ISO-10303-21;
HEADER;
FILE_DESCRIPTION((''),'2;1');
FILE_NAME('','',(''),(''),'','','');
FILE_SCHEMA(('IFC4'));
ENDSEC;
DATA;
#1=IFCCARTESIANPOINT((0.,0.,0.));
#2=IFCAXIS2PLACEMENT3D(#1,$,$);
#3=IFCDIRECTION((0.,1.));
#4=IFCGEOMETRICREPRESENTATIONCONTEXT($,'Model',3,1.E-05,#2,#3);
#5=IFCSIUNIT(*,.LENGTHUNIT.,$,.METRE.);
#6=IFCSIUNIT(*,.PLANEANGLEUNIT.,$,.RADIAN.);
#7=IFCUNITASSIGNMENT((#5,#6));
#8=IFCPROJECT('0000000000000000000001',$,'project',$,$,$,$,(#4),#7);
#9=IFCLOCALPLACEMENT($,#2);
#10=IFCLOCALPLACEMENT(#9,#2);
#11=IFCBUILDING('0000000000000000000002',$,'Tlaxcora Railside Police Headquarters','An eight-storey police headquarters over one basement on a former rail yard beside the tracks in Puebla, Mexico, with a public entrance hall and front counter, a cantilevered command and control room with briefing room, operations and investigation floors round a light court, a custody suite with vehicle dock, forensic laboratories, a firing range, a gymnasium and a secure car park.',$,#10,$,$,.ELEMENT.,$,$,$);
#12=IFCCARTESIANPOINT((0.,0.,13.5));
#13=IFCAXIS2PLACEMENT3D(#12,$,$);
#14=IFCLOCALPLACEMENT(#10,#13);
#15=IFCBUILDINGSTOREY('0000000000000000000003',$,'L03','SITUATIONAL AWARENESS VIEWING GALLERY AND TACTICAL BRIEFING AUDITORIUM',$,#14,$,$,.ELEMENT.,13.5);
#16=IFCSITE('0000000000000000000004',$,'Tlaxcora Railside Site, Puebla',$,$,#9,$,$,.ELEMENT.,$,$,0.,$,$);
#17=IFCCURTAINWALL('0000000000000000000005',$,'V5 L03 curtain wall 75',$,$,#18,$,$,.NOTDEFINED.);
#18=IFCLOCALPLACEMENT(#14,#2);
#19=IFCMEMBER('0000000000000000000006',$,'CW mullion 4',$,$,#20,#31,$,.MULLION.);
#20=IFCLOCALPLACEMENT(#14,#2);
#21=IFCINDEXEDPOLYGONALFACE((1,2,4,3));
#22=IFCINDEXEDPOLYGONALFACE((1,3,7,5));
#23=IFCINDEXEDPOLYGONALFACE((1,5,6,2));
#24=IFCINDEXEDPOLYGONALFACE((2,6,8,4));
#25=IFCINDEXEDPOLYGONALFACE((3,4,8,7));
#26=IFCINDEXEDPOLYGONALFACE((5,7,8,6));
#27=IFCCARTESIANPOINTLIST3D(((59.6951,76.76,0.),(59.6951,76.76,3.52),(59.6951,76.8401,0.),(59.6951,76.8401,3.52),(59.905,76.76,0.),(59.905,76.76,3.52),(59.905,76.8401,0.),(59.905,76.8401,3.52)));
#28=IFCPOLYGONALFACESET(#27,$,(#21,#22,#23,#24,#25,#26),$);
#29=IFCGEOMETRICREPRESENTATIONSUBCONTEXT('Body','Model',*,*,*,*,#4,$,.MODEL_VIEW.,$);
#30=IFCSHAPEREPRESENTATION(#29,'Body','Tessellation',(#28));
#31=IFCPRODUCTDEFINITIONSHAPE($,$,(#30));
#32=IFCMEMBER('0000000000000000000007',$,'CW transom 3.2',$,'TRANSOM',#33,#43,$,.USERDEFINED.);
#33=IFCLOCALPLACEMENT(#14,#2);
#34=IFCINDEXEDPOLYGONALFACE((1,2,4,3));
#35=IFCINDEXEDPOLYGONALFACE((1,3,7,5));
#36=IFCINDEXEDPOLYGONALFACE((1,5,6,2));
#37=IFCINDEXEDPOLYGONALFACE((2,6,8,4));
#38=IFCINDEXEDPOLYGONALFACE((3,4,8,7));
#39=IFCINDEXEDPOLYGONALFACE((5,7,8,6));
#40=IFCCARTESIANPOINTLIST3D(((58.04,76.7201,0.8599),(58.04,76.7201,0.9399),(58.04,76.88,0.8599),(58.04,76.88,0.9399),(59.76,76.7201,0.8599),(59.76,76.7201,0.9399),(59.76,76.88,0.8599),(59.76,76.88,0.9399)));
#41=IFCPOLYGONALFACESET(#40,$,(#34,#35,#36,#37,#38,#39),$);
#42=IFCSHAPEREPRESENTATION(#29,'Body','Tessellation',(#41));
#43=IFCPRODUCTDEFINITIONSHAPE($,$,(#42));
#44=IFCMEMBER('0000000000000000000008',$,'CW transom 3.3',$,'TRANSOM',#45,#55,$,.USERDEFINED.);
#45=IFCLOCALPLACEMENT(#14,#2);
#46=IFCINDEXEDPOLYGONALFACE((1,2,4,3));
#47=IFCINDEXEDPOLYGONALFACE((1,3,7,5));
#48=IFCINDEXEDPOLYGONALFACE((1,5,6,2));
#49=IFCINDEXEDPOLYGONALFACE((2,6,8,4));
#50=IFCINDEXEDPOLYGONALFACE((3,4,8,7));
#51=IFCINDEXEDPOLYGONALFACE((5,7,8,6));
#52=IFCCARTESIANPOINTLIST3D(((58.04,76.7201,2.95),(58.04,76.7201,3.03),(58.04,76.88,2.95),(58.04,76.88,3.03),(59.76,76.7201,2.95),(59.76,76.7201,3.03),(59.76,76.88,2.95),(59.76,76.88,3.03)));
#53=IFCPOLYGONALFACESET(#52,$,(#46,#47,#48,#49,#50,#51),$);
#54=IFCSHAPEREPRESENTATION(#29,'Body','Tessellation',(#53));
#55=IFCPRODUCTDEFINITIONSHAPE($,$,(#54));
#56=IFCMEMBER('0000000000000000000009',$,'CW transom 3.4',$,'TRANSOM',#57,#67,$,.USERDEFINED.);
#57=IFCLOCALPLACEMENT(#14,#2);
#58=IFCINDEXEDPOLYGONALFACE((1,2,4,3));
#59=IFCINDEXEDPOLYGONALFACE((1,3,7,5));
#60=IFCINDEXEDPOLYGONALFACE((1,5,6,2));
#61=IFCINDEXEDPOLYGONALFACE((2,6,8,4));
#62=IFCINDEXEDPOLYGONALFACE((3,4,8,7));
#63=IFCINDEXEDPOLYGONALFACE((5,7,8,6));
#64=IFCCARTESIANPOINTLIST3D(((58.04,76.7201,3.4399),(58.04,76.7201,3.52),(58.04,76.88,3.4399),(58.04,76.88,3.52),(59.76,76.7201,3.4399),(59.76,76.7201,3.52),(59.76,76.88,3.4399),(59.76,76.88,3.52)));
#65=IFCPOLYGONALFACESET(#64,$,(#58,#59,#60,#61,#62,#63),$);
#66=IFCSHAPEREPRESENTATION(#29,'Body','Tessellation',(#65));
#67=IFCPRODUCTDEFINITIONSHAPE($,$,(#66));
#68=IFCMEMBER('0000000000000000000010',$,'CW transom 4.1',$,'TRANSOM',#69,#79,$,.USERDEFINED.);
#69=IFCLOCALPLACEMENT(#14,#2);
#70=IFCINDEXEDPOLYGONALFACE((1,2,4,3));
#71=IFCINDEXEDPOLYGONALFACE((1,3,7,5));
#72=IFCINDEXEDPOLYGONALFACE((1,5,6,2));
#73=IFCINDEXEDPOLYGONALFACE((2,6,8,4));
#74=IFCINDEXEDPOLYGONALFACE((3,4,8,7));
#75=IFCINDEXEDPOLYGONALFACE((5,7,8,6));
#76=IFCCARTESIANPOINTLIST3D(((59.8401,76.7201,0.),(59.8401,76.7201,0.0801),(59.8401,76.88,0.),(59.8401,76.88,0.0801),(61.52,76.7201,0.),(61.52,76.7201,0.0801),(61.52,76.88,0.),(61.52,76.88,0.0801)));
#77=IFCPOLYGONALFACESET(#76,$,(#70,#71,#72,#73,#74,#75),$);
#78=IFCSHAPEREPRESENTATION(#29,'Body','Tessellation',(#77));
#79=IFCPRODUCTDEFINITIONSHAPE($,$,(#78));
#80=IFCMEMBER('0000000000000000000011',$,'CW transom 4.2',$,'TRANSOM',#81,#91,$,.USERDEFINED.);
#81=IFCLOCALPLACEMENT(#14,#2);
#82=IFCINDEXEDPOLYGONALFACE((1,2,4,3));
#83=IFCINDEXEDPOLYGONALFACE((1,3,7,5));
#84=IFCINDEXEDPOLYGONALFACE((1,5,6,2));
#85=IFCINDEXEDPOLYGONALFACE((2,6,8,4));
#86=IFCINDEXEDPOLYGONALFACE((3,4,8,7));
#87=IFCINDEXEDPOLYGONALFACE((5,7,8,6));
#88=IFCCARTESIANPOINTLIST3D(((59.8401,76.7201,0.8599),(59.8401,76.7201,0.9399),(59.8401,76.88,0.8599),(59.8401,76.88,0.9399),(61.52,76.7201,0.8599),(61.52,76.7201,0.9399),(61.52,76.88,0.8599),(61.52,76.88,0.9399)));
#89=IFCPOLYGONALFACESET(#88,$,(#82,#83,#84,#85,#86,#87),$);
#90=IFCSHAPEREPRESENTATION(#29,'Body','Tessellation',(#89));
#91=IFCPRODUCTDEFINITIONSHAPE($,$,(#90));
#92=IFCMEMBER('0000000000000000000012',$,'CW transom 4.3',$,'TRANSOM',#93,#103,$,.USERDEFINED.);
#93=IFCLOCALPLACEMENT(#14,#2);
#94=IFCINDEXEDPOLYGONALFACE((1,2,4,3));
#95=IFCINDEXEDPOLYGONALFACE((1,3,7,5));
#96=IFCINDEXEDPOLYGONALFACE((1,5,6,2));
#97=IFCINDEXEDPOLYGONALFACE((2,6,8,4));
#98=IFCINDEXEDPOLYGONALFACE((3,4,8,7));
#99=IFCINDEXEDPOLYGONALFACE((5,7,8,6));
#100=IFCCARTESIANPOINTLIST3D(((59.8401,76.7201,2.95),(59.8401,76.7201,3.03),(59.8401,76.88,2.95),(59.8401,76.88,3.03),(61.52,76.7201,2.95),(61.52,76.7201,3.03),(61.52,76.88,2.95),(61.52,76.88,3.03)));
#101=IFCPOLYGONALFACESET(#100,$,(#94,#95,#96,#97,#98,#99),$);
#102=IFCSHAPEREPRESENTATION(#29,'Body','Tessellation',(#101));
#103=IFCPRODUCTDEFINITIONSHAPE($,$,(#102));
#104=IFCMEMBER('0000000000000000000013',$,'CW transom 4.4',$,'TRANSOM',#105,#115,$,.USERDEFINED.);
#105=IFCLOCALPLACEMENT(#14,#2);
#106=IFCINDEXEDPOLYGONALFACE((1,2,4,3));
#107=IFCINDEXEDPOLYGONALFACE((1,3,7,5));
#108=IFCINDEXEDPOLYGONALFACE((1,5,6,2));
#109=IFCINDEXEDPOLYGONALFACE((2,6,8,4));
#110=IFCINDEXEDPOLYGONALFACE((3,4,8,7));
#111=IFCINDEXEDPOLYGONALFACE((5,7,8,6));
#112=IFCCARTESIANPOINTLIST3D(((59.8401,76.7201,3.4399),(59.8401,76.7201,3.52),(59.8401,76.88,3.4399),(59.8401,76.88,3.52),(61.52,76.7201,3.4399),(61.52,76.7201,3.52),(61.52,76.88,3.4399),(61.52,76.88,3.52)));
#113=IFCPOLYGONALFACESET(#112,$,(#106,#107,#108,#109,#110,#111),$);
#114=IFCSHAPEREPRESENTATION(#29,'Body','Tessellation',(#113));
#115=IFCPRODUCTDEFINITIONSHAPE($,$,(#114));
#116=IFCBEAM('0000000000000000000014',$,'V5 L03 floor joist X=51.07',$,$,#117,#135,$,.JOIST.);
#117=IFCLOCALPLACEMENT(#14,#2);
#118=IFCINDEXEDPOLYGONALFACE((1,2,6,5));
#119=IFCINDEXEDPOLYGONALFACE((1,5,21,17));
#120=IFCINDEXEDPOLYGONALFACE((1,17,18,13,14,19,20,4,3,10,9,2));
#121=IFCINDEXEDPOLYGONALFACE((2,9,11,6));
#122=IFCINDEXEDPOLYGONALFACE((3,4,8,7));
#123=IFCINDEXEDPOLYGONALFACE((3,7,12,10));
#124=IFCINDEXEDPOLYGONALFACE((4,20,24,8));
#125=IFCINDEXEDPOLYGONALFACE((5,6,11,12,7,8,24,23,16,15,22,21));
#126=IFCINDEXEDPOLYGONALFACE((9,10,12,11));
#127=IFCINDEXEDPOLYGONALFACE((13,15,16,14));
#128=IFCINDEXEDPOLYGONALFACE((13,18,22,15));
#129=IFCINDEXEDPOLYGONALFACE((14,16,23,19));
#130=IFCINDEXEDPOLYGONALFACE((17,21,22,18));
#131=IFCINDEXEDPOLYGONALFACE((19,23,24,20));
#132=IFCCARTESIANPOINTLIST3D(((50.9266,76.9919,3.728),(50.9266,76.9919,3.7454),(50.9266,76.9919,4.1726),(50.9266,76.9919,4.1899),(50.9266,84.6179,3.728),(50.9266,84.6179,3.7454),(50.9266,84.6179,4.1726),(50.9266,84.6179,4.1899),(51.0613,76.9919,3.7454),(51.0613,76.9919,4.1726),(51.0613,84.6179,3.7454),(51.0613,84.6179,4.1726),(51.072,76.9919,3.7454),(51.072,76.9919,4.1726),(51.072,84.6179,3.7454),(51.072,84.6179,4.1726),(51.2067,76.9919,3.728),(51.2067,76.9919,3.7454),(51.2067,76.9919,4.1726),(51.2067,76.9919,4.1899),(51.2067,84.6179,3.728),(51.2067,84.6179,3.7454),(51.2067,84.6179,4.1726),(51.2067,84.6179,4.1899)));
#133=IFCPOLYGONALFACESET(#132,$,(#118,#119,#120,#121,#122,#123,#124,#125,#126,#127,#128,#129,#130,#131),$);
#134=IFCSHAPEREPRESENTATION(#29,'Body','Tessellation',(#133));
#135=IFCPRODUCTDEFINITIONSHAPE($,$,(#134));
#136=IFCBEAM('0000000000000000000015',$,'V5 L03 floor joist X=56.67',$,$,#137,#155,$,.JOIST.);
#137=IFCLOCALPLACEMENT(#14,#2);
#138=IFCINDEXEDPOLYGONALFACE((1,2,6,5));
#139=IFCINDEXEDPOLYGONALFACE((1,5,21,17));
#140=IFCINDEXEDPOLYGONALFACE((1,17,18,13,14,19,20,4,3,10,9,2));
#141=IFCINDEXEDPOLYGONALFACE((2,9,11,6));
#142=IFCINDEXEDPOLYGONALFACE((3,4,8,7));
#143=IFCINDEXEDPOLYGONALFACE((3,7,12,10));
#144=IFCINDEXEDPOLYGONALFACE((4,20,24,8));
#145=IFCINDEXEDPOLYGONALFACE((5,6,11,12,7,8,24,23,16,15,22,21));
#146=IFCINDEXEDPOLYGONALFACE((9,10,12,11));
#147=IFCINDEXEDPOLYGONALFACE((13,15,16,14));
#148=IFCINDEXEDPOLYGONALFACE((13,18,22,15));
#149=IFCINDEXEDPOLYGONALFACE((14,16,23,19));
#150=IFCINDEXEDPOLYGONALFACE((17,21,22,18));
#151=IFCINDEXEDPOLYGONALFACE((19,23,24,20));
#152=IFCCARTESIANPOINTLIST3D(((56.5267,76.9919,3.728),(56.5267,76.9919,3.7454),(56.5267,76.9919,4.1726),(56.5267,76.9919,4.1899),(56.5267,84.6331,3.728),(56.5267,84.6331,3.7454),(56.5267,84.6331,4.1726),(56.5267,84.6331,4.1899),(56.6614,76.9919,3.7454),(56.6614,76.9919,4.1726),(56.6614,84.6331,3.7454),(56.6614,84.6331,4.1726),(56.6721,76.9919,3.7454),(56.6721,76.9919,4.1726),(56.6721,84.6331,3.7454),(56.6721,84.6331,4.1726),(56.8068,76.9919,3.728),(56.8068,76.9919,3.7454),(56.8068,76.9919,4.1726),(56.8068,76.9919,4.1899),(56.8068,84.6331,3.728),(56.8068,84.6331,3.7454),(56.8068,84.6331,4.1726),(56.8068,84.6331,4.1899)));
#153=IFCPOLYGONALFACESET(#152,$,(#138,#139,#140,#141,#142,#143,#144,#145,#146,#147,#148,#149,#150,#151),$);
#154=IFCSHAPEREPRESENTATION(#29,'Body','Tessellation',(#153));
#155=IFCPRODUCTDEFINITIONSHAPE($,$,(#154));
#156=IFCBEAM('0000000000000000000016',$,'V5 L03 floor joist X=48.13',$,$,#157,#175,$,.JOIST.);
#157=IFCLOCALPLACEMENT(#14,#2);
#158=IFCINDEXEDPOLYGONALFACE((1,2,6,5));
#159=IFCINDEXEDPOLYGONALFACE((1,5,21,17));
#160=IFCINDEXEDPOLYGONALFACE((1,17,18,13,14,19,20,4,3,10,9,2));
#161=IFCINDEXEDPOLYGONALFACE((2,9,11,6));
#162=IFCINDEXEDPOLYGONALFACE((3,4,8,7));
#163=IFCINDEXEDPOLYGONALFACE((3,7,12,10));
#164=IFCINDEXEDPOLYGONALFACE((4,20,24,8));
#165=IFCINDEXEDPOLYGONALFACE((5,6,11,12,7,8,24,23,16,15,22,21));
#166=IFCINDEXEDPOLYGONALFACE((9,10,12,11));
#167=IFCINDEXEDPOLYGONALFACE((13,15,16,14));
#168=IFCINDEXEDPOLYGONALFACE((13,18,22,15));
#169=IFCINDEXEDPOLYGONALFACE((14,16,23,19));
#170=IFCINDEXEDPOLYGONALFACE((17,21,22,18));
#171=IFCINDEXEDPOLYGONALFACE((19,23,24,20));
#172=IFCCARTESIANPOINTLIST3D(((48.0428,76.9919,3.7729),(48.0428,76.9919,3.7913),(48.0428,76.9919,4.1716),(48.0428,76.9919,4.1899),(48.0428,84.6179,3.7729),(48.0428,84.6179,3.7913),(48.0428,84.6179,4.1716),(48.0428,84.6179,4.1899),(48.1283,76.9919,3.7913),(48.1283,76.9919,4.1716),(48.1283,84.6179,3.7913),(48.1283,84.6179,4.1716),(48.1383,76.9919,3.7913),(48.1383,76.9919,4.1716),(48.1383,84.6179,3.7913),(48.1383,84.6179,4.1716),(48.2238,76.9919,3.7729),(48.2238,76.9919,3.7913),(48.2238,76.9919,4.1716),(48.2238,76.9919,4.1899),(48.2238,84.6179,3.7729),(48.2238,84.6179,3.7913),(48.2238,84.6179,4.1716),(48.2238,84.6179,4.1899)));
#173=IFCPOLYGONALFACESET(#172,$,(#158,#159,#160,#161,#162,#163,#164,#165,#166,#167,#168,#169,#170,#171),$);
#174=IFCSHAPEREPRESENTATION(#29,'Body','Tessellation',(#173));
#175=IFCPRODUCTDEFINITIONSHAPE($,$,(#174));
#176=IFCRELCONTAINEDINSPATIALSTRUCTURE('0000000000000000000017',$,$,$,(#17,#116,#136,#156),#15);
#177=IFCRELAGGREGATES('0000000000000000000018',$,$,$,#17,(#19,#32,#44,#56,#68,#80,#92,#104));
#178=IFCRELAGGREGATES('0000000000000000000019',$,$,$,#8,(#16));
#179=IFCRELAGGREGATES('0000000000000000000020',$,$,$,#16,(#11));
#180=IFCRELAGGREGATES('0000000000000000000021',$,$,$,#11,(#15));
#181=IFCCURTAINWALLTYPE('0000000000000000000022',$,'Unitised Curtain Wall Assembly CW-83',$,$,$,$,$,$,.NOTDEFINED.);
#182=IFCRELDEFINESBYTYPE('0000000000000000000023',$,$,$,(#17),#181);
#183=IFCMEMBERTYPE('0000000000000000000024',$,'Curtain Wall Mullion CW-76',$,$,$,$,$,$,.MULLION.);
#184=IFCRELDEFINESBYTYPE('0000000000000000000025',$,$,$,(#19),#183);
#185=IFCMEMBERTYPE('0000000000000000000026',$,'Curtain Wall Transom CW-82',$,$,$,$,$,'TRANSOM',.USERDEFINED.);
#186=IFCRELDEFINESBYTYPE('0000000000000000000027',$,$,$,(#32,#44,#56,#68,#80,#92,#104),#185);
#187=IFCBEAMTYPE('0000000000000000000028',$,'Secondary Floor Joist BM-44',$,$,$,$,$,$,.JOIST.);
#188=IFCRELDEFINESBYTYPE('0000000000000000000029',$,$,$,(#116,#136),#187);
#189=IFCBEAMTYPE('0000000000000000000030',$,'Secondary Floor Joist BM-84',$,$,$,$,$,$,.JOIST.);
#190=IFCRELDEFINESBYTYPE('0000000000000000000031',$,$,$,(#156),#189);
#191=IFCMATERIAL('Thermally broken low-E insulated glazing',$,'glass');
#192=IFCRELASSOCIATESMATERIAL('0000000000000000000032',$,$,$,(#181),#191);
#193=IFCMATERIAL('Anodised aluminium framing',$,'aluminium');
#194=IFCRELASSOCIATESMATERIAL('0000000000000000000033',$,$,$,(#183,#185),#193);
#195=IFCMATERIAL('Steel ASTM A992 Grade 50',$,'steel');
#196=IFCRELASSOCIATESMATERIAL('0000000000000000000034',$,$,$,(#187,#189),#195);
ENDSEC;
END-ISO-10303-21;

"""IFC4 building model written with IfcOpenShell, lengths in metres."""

from ifc_helpers import new_model, si_unit, direction, frame, origin, origin_2d, place, context, subcontext, project, spatial, rectangle, i_section, extrude, material, material_profile, profile_set, type_object, element, aggregate, save


model = new_model("IFC4")

# Units and contexts
model_context = context("Model", 3, precision=1e-05, world=origin(), true_north=direction((0.0, 1.0)))
body_context = subcontext(model_context, "Body", "Model", "MODEL_VIEW")
ifc_project = project(units=[si_unit("LENGTHUNIT", "METRE"), si_unit("PLANEANGLEUNIT", "RADIAN")], contexts=[model_context])

# Site, building, storey
site_placement = place(None, origin())
site = spatial("IfcSite", under=ifc_project, at=site_placement, Name="Tlaxcora Railside Site, Puebla", CompositionType="ELEMENT", RefElevation=0.0)
building_placement = place(site_placement, origin())
building = spatial("IfcBuilding", under=site, at=building_placement, Name="Tlaxcora Railside Police Headquarters", Description="An eight-storey police headquarters over one basement on a former rail yard beside the tracks in Puebla, Mexico, with a public entrance hall and front counter, a cantilevered command and control room with briefing room, operations and investigation floors round a light court, a custody suite with vehicle dock, forensic laboratories, a firing range, a gymnasium and a secure car park.", CompositionType="ELEMENT")
storey_placement = place(building_placement, frame((0.0, 0.0, 13.5)))
storey = spatial("IfcBuildingStorey", under=building, at=storey_placement, Name="L03", Description="SITUATIONAL AWARENESS VIEWING GALLERY AND TACTICAL BRIEFING AUDITORIUM", CompositionType="ELEMENT", Elevation=13.5)

# Curtain wall, members
ifc_material_1 = material(Name="Thermally broken low-E insulated glazing", Category="glass")
curtain_wall_type = type_object("IfcCurtainWallType", Name="Unitised Curtain Wall Assembly CW-83", PredefinedType="NOTDEFINED", material=ifc_material_1)
curtain_wall_placement = place(storey_placement, origin())
curtain_wall = element("IfcCurtainWall", 1, at=curtain_wall_placement, inside=storey, type_object=curtain_wall_type, Name="V5 L03 curtain wall 75", PredefinedType="NOTDEFINED")
ifc_material_2 = material(Name="Anodised aluminium framing", Category="aluminium")
ifc_material_profile_1 = material_profile(ifc_material_2, rectangle(XDim=0.0801, YDim=0.21, at=origin_2d()), Name="AL80X210")
ifc_profile_set_1 = profile_set([ifc_material_profile_1], Name="Anodised aluminium framing")
member_type_1 = type_object("IfcMemberType", Name="Curtain Wall Mullion CW-76", PredefinedType="MULLION", material=ifc_profile_set_1)
member_1_placement = place(storey_placement, frame((59.8, 76.8, 0.0), z_axis=(0.0, 0.0, 1.0), x_axis=(0.0, 1.0, 0.0)))
member_1 = element("IfcMember", 2, at=member_1_placement, type_object=member_type_1, Name="CW mullion 4", PredefinedType="MULLION", context=body_context, shape_type="SweptSolid", body=[
    extrude(rectangle(XDim=0.0801, YDim=0.21, at=origin_2d()), origin(), (0.0, 0.0, 1.0), 3.52),
])
ifc_material_profile_2 = material_profile(ifc_material_2, rectangle(XDim=0.1599, YDim=0.0801, at=origin_2d()), Name="AL80X160")
ifc_profile_set_2 = profile_set([ifc_material_profile_2], Name="Anodised aluminium framing")
member_type_2 = type_object("IfcMemberType", Name="Curtain Wall Transom CW-82", ElementType="TRANSOM", PredefinedType="USERDEFINED", material=ifc_profile_set_2)
member_2_placement = place(storey_placement, frame((58.04, 76.8, 0.8999), z_axis=(1.0, 0.0, 0.0), x_axis=(0.0, 1.0, 0.0)))
member_2 = element("IfcMember", 3, at=member_2_placement, type_object=member_type_2, Name="CW transom 3.2", ObjectType="TRANSOM", PredefinedType="USERDEFINED", context=body_context, shape_type="SweptSolid", body=[
    extrude(rectangle(XDim=0.1599, YDim=0.0801, at=origin_2d()), origin(), (0.0, 0.0, 1.0), 1.72),
])
member_3_placement = place(storey_placement, frame((58.04, 76.8, 2.99), z_axis=(1.0, 0.0, 0.0), x_axis=(0.0, 1.0, 0.0)))
member_3 = element("IfcMember", 4, at=member_3_placement, type_object=member_type_2, Name="CW transom 3.3", ObjectType="TRANSOM", PredefinedType="USERDEFINED", context=body_context, shape_type="SweptSolid", body=[
    extrude(rectangle(XDim=0.1599, YDim=0.0801, at=origin_2d()), origin(), (0.0, 0.0, 1.0), 1.72),
])
member_4_placement = place(storey_placement, frame((58.04, 76.8, 3.48), z_axis=(1.0, 0.0, 0.0), x_axis=(0.0, 1.0, 0.0)))
member_4 = element("IfcMember", 5, at=member_4_placement, type_object=member_type_2, Name="CW transom 3.4", ObjectType="TRANSOM", PredefinedType="USERDEFINED", context=body_context, shape_type="SweptSolid", body=[
    extrude(rectangle(XDim=0.1599, YDim=0.0801, at=origin_2d()), origin(), (0.0, 0.0, 1.0), 1.72),
])
member_5_placement = place(storey_placement, frame((59.8401, 76.8, 0.04), z_axis=(1.0, 0.0, 0.0), x_axis=(0.0, 1.0, 0.0)))
member_5 = element("IfcMember", 6, at=member_5_placement, type_object=member_type_2, Name="CW transom 4.1", ObjectType="TRANSOM", PredefinedType="USERDEFINED", context=body_context, shape_type="SweptSolid", body=[
    extrude(rectangle(XDim=0.1599, YDim=0.0801, at=origin_2d()), origin(), (0.0, 0.0, 1.0), 1.6799),
])
member_6_placement = place(storey_placement, frame((59.8401, 76.8, 0.8999), z_axis=(1.0, 0.0, 0.0), x_axis=(0.0, 1.0, 0.0)))
member_6 = element("IfcMember", 7, at=member_6_placement, type_object=member_type_2, Name="CW transom 4.2", ObjectType="TRANSOM", PredefinedType="USERDEFINED", context=body_context, shape_type="SweptSolid", body=[
    extrude(rectangle(XDim=0.1599, YDim=0.0801, at=origin_2d()), origin(), (0.0, 0.0, 1.0), 1.6799),
])
member_7_placement = place(storey_placement, frame((59.8401, 76.8, 2.99), z_axis=(1.0, 0.0, 0.0), x_axis=(0.0, 1.0, 0.0)))
member_7 = element("IfcMember", 8, at=member_7_placement, type_object=member_type_2, Name="CW transom 4.3", ObjectType="TRANSOM", PredefinedType="USERDEFINED", context=body_context, shape_type="SweptSolid", body=[
    extrude(rectangle(XDim=0.1599, YDim=0.0801, at=origin_2d()), origin(), (0.0, 0.0, 1.0), 1.6799),
])
member_8_placement = place(storey_placement, frame((59.8401, 76.8, 3.48), z_axis=(1.0, 0.0, 0.0), x_axis=(0.0, 1.0, 0.0)))
member_8 = element("IfcMember", 9, at=member_8_placement, type_object=member_type_2, Name="CW transom 4.4", ObjectType="TRANSOM", PredefinedType="USERDEFINED", context=body_context, shape_type="SweptSolid", body=[
    extrude(rectangle(XDim=0.1599, YDim=0.0801, at=origin_2d()), origin(), (0.0, 0.0, 1.0), 1.6799),
])

# Beams
ifc_material_3 = material(Name="Steel ASTM A992 Grade 50", Category="steel")
ifc_material_profile_3 = material_profile(ifc_material_3, i_section(OverallWidth=0.28, OverallDepth=0.4619, WebThickness=0.0107, FlangeThickness=0.0173, at=origin_2d()), Name="W18X76")
ifc_profile_set_3 = profile_set([ifc_material_profile_3], Name="Steel ASTM A992 Grade 50")
beam_type_1 = type_object("IfcBeamType", Name="Secondary Floor Joist BM-44", PredefinedType="JOIST", material=ifc_profile_set_3)
beam_1_placement = place(storey_placement, frame((51.0667, 76.9919, 3.959), z_axis=(0.0, 1.0, 0.0), x_axis=(-1.0, 0.0, 0.0)))
element("IfcBeam", 10, at=beam_1_placement, inside=storey, type_object=beam_type_1, Name="V5 L03 floor joist X=51.07", PredefinedType="JOIST", context=body_context, shape_type="SweptSolid", body=[
    extrude(i_section(OverallWidth=0.28, OverallDepth=0.4619, WebThickness=0.0107, FlangeThickness=0.0173, at=origin_2d()), origin(), (0.0, 0.0, 1.0), 7.626),
])
beam_2_placement = place(storey_placement, frame((56.6667, 76.9919, 3.959), z_axis=(0.0, 1.0, 0.0), x_axis=(-1.0, 0.0, 0.0)))
element("IfcBeam", 11, at=beam_2_placement, inside=storey, type_object=beam_type_1, Name="V5 L03 floor joist X=56.67", PredefinedType="JOIST", context=body_context, shape_type="SweptSolid", body=[
    extrude(i_section(OverallWidth=0.28, OverallDepth=0.4619, WebThickness=0.0107, FlangeThickness=0.0173, at=origin_2d()), origin(), (0.0, 0.0, 1.0), 7.6411),
])
ifc_material_profile_4 = material_profile(ifc_material_3, i_section(OverallWidth=0.1809, OverallDepth=0.417, WebThickness=0.01, FlangeThickness=0.0183, at=origin_2d()), Name="W16X57")
ifc_profile_set_4 = profile_set([ifc_material_profile_4], Name="Steel ASTM A992 Grade 50")
beam_type_2 = type_object("IfcBeamType", Name="Secondary Floor Joist BM-84", PredefinedType="JOIST", material=ifc_profile_set_4)
beam_3_placement = place(storey_placement, frame((48.1333, 76.9919, 3.9814), z_axis=(0.0, 1.0, 0.0), x_axis=(-1.0, 0.0, 0.0)))
element("IfcBeam", 12, at=beam_3_placement, inside=storey, type_object=beam_type_2, Name="V5 L03 floor joist X=48.13", PredefinedType="JOIST", context=body_context, shape_type="SweptSolid", body=[
    extrude(i_section(OverallWidth=0.1809, OverallDepth=0.417, WebThickness=0.01, FlangeThickness=0.0183, at=origin_2d()), origin(), (0.0, 0.0, 1.0), 7.626),
])

aggregate(curtain_wall, [member_1, member_2, member_3, member_4, member_5, member_6, member_7, member_8])

save(model, "model.ifc")
